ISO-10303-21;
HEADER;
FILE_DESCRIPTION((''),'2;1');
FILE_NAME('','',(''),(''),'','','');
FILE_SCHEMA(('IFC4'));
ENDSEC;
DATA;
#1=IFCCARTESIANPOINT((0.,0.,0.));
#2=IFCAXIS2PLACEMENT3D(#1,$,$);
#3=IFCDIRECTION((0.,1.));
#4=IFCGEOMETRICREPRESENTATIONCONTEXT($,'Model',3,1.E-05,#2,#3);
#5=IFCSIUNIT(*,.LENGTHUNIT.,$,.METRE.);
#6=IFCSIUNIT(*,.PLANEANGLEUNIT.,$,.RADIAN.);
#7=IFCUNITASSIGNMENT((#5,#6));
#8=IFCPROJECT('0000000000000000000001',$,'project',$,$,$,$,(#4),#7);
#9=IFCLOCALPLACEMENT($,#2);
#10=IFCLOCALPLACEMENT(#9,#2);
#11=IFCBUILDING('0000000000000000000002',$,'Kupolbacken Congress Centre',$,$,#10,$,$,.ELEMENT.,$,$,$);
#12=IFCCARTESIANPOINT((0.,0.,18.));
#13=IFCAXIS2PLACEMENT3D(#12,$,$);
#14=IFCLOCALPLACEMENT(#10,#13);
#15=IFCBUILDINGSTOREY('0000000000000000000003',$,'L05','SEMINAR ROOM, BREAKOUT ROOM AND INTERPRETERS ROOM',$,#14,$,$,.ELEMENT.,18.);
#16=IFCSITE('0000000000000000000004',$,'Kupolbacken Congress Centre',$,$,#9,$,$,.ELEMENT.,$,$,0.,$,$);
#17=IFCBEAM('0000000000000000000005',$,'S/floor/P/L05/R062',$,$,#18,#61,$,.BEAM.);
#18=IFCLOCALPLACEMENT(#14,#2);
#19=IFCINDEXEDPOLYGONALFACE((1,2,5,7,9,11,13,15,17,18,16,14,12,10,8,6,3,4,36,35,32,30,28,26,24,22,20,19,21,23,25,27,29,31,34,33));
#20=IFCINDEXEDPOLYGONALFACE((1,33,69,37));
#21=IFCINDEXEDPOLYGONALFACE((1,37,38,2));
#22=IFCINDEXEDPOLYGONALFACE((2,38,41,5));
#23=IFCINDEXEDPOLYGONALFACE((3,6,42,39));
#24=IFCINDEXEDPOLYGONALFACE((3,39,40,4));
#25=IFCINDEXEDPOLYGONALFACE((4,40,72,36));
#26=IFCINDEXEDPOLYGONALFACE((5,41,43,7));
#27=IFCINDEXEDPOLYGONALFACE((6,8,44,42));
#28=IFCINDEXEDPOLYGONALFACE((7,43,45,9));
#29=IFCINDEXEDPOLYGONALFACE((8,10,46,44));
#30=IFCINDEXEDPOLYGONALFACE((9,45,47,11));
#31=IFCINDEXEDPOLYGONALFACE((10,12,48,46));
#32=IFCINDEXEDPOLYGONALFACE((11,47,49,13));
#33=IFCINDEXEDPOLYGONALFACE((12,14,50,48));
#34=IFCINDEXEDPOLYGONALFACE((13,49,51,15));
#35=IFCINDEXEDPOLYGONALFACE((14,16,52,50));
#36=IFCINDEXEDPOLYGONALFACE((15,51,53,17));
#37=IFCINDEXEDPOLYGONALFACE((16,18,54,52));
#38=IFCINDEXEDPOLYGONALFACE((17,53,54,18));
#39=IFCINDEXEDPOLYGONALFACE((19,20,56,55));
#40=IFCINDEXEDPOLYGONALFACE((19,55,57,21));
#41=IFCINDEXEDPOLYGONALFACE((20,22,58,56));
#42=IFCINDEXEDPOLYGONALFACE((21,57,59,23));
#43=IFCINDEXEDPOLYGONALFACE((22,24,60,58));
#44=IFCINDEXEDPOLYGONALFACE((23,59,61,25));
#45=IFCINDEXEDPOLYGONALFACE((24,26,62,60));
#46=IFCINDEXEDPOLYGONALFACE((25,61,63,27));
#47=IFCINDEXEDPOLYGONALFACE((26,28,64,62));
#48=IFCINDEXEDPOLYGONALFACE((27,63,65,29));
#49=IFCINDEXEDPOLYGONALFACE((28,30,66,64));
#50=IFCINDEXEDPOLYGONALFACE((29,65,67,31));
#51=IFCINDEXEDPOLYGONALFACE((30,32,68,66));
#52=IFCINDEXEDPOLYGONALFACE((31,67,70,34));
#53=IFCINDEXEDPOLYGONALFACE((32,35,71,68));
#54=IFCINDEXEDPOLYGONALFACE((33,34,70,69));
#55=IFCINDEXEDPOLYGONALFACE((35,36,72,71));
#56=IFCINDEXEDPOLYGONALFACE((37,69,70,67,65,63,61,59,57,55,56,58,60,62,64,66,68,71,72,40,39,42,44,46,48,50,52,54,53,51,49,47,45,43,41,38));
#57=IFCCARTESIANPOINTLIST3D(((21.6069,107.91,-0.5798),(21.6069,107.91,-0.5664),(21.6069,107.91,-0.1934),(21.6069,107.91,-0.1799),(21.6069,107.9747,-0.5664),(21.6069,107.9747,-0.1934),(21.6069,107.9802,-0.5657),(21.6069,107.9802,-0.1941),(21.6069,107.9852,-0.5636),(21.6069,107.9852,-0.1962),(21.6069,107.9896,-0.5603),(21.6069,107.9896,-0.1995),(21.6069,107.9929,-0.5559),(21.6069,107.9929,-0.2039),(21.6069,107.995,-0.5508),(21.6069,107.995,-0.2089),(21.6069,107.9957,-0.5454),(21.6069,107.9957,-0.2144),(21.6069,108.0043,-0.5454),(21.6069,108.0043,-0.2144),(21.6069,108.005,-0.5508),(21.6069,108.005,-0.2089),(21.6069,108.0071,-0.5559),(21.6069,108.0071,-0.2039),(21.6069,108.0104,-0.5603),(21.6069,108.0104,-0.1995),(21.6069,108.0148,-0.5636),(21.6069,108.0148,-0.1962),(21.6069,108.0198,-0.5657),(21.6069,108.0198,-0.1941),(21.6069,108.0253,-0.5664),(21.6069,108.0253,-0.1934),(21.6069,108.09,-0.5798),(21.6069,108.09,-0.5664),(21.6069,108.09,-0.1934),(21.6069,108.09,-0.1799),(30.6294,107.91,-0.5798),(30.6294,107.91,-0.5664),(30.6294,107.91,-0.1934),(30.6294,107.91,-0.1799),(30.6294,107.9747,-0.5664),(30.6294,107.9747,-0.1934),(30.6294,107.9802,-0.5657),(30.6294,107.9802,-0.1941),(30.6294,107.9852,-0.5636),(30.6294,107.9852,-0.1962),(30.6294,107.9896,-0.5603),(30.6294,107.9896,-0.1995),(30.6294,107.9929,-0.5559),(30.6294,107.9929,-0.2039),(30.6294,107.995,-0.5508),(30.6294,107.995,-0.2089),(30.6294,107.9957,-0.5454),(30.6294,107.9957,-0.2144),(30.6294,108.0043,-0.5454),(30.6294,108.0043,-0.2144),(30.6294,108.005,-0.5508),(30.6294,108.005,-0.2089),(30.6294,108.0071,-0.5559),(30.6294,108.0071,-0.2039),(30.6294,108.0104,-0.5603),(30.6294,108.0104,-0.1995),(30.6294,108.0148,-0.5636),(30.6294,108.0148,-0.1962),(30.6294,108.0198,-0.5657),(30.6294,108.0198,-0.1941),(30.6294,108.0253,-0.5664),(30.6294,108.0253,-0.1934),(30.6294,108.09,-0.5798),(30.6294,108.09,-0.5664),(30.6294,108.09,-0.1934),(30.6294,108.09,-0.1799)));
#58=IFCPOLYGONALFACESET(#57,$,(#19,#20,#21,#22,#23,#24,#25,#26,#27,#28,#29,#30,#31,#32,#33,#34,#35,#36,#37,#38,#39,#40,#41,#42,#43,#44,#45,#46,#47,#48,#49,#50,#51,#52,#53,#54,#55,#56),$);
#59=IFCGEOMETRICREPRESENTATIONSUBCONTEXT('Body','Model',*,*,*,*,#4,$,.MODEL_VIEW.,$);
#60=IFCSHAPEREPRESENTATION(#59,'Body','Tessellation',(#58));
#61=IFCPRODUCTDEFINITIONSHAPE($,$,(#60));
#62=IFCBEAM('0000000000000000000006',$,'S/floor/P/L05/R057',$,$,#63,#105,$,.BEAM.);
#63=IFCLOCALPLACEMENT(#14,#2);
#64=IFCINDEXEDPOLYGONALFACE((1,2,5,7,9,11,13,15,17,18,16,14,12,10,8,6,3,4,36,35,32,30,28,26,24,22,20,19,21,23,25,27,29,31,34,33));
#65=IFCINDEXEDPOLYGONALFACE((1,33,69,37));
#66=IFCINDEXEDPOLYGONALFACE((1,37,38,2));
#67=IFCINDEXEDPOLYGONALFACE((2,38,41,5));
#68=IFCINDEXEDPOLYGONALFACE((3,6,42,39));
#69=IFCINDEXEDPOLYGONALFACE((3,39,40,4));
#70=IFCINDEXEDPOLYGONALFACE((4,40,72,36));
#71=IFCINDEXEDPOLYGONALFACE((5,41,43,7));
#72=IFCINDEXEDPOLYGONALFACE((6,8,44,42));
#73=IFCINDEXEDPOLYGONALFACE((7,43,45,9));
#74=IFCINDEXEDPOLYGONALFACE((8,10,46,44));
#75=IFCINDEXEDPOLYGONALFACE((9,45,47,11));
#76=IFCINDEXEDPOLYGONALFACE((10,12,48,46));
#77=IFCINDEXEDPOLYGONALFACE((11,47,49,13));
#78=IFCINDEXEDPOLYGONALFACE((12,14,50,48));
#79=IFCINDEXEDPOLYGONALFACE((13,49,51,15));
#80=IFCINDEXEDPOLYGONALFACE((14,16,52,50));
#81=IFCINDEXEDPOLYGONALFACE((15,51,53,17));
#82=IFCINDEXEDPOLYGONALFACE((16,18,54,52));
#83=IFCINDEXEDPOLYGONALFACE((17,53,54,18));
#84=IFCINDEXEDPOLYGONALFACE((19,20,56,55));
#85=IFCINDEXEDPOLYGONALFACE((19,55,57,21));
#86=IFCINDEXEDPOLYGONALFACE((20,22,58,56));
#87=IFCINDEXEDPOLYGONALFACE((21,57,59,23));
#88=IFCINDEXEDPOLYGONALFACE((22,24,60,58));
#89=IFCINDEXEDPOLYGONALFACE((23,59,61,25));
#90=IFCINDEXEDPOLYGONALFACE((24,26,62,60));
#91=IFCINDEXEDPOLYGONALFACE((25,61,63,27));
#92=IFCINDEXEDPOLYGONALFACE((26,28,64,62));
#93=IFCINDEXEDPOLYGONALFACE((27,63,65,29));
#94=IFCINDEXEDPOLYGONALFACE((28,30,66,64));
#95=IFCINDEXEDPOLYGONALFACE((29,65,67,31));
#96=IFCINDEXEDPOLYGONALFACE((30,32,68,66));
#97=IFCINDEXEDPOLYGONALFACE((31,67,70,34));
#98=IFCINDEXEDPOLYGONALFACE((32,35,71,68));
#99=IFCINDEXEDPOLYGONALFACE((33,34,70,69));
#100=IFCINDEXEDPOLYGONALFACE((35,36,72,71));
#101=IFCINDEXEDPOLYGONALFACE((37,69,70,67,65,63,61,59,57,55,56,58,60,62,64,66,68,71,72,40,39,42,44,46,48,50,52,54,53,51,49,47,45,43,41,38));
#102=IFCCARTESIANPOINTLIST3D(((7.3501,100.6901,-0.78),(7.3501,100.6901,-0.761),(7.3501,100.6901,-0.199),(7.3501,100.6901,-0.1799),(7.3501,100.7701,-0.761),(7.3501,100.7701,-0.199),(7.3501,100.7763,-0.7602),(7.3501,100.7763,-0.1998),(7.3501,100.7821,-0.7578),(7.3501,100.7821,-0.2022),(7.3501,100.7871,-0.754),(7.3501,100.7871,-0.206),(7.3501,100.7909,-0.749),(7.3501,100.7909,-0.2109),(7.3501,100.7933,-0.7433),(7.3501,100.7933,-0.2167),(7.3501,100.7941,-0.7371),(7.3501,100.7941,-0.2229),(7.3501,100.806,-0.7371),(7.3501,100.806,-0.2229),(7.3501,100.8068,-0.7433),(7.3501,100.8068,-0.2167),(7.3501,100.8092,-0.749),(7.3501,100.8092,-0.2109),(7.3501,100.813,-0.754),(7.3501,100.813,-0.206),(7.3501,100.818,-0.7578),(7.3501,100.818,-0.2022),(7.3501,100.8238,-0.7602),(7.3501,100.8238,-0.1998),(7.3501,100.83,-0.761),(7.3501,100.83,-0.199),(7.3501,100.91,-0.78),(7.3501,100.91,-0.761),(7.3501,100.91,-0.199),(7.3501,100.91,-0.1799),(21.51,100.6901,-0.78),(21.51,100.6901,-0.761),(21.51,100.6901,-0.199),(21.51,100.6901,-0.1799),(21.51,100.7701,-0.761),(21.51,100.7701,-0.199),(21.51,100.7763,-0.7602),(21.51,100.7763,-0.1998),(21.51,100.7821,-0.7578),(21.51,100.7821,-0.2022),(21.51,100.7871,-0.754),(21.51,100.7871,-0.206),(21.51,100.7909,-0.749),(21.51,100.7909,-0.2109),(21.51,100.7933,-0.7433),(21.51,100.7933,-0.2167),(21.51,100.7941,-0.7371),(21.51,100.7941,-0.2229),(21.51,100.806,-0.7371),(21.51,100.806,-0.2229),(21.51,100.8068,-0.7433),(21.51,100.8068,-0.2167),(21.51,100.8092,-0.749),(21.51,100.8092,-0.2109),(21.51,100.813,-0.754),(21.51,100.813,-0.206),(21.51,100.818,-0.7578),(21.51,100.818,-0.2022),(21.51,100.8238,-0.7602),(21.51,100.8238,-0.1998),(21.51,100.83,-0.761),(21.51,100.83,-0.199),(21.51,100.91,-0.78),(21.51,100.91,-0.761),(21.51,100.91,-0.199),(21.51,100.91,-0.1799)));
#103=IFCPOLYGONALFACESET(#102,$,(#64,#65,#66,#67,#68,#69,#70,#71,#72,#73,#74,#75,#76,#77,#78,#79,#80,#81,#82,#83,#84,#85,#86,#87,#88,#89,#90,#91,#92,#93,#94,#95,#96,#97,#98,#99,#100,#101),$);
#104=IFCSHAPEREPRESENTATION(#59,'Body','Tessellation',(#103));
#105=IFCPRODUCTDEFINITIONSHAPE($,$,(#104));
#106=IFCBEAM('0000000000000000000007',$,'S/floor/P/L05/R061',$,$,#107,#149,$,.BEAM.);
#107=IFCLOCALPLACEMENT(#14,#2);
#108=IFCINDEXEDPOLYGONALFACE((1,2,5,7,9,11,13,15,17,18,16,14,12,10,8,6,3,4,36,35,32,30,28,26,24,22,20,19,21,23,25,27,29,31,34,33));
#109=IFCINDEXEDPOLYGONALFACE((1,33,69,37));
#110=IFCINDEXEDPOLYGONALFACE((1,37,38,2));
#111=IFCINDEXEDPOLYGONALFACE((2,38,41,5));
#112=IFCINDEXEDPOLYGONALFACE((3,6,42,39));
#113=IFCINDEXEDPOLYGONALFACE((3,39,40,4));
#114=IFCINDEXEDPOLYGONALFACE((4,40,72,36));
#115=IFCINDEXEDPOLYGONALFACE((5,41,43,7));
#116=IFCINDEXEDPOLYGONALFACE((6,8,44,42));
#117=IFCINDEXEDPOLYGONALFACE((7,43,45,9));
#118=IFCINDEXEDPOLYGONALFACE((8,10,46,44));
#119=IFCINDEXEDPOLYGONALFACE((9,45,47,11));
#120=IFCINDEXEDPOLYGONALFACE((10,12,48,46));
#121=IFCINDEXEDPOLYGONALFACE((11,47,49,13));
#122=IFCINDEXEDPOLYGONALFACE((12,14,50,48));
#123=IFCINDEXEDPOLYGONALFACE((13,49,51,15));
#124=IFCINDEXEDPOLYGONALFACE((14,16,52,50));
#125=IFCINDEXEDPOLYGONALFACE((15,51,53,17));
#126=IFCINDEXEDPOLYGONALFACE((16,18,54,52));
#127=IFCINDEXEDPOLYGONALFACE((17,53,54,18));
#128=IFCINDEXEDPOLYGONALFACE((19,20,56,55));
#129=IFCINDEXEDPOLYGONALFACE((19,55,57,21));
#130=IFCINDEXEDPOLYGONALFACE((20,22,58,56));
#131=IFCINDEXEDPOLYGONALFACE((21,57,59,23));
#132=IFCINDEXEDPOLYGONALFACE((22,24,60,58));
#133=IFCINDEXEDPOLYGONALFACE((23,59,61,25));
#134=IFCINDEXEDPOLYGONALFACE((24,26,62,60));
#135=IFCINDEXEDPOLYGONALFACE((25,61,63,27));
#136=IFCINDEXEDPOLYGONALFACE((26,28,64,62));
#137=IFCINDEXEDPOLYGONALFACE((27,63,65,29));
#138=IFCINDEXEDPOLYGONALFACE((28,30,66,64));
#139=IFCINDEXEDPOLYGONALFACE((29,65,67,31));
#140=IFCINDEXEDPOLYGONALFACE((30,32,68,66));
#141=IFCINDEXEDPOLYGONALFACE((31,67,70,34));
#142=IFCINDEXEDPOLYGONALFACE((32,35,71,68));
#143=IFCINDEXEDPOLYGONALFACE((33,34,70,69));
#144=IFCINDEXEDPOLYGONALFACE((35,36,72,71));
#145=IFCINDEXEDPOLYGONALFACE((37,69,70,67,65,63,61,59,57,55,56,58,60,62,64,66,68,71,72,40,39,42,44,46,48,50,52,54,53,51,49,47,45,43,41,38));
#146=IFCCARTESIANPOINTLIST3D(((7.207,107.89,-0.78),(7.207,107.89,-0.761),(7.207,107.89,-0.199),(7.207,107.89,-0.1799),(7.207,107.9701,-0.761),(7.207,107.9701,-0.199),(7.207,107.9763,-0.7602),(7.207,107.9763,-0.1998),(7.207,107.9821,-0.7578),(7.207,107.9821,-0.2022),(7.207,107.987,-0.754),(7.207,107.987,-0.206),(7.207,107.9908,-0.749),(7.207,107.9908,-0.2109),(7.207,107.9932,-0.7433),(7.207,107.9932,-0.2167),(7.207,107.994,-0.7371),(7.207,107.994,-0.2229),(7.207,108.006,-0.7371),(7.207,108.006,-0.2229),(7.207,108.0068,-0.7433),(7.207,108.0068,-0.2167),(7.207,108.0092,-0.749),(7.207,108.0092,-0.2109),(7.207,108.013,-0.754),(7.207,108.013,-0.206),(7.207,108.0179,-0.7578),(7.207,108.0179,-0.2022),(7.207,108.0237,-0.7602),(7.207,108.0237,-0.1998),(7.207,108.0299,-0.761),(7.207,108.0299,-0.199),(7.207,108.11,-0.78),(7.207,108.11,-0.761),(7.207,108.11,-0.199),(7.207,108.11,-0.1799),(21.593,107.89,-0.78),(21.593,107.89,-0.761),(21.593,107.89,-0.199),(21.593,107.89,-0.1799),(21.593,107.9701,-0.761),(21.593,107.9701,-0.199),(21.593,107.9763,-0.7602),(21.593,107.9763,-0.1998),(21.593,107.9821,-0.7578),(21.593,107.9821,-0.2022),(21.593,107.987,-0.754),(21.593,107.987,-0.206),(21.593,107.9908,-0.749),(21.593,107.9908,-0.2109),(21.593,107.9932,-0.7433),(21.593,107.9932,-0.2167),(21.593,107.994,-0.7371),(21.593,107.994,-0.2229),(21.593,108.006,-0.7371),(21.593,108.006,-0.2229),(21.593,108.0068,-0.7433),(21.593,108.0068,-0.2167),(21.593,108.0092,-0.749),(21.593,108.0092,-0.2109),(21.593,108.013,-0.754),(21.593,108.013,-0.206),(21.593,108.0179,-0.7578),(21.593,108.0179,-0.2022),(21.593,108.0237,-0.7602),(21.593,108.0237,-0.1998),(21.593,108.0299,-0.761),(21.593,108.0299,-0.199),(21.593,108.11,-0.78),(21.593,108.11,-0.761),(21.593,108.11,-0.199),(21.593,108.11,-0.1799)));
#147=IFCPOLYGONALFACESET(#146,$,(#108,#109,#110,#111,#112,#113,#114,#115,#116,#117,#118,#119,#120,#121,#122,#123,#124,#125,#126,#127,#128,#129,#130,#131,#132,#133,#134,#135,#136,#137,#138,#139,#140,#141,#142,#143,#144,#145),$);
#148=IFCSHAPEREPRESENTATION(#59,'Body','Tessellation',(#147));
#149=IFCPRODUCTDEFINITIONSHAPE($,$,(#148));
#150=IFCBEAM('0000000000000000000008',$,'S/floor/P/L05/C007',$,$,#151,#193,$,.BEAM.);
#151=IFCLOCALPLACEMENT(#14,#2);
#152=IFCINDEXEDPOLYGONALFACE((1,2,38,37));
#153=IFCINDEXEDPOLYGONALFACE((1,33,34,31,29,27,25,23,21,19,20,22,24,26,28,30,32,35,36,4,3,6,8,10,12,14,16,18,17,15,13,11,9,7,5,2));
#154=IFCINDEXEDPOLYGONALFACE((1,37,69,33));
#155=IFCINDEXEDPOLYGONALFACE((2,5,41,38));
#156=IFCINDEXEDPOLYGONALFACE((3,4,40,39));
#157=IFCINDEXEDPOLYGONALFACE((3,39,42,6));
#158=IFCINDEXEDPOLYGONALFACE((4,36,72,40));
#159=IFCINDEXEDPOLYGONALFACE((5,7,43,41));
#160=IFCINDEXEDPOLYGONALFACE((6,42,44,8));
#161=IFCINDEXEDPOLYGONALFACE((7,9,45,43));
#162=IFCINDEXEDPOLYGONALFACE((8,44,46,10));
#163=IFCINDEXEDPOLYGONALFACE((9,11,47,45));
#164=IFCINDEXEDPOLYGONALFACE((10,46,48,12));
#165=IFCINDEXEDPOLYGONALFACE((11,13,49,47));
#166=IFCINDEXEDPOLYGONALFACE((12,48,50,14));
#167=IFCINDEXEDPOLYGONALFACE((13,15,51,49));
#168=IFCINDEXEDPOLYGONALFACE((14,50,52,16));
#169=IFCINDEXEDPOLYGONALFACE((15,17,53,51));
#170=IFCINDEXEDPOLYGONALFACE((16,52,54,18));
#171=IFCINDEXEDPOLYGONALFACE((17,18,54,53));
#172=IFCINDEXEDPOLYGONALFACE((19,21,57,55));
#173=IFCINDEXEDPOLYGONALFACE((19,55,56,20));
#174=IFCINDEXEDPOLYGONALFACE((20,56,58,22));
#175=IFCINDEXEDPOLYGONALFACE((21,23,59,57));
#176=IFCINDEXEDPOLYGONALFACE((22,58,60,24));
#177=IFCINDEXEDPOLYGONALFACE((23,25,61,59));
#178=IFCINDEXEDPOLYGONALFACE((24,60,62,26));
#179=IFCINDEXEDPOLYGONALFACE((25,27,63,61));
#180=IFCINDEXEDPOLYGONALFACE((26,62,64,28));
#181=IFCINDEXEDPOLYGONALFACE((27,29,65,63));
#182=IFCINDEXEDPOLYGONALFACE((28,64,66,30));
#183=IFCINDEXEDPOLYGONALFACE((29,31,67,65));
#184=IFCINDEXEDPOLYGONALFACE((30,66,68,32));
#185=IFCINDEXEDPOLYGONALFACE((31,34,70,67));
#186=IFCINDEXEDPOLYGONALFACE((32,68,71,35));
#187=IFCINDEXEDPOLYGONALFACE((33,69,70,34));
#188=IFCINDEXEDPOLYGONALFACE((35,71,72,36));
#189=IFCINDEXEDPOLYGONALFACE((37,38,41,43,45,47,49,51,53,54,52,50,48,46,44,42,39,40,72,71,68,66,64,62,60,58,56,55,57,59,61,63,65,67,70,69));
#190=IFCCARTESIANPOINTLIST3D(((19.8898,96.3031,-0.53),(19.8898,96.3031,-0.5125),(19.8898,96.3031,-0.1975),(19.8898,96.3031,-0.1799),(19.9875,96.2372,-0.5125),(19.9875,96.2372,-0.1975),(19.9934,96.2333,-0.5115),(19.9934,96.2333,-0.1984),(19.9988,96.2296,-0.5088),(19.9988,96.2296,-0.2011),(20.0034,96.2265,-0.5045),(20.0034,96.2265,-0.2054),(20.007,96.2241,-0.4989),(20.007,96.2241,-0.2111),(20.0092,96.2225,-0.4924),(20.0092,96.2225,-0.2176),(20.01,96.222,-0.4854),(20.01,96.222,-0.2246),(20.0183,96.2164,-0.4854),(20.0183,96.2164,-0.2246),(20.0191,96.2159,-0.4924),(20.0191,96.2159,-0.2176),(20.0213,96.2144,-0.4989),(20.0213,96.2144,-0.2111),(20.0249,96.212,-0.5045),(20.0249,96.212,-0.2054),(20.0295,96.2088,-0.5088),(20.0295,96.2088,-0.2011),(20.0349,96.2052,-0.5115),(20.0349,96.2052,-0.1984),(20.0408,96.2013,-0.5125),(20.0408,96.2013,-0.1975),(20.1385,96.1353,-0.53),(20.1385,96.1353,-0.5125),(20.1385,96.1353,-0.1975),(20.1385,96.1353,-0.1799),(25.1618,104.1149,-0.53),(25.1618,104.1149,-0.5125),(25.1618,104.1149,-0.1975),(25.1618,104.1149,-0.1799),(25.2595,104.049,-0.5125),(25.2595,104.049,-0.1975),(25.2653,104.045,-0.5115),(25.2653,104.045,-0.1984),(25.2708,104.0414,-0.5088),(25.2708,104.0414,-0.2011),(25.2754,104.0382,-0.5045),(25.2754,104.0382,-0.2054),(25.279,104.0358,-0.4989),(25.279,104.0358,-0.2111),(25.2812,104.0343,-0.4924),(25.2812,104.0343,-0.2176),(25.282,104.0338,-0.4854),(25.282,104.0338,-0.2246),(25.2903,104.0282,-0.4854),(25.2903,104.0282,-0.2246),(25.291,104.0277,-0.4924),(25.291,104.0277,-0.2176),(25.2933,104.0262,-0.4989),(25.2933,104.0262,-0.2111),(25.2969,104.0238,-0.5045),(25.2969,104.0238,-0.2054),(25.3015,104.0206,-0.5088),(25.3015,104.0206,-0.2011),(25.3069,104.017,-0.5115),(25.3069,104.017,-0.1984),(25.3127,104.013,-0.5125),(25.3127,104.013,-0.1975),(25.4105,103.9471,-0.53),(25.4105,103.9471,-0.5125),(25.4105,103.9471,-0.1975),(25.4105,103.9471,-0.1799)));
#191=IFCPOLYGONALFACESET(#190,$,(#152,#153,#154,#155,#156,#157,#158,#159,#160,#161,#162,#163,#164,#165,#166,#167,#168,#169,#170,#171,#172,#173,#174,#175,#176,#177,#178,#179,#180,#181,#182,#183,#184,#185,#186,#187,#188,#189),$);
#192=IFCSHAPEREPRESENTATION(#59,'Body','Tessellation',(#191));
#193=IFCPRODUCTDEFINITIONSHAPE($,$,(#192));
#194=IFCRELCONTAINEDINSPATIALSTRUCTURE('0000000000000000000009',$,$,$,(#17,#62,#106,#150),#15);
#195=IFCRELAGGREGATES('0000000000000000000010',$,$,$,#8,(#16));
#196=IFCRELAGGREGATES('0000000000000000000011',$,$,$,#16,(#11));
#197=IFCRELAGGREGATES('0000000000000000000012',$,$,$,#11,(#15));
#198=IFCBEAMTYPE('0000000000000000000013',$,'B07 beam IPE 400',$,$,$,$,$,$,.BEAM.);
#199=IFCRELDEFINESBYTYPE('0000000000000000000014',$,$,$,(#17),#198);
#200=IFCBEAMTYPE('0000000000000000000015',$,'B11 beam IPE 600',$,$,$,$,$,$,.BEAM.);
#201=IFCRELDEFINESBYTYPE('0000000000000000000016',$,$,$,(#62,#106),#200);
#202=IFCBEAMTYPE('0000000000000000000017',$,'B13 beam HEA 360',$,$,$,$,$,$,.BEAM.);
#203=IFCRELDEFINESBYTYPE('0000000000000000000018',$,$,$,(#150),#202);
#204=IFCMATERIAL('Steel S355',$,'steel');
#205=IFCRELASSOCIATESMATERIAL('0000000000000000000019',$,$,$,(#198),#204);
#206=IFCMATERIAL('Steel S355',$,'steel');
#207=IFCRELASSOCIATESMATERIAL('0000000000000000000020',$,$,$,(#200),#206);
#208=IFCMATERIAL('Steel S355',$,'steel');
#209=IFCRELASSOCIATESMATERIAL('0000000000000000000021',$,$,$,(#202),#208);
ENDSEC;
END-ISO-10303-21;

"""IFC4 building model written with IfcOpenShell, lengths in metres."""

from ifc_helpers import new_model, si_unit, direction, frame, origin, origin_2d, place, context, subcontext, project, spatial, i_section, extrude, material, material_profile, profile_set, type_object, element, save


model = new_model("IFC4")

# Units and contexts
model_context = context("Model", 3, precision=1e-05, world=origin(), true_north=direction((0.0, 1.0)))
body_context = subcontext(model_context, "Body", "Model", "MODEL_VIEW")
ifc_project = project(units=[si_unit("LENGTHUNIT", "METRE"), si_unit("PLANEANGLEUNIT", "RADIAN")], contexts=[model_context])

# Site, building, storey
site_placement = place(None, origin())
site = spatial("IfcSite", under=ifc_project, at=site_placement, Name="Kupolbacken Congress Centre", CompositionType="ELEMENT", RefElevation=0.0)
building_placement = place(site_placement, origin())
building = spatial("IfcBuilding", under=site, at=building_placement, Name="Kupolbacken Congress Centre", CompositionType="ELEMENT")
storey_placement = place(building_placement, frame((0.0, 0.0, 18.0)))
storey = spatial("IfcBuildingStorey", under=building, at=storey_placement, Name="L05", Description="SEMINAR ROOM, BREAKOUT ROOM AND INTERPRETERS ROOM", CompositionType="ELEMENT", Elevation=18.0)

# Beams
ifc_material_1 = material(Name="Steel S355", Category="steel")
ifc_material_profile_1 = material_profile(ifc_material_1, i_section(OverallWidth=0.1799, OverallDepth=0.3999, WebThickness=0.0085, FlangeThickness=0.0134, FilletRadius=0.021, at=origin_2d()), Name="IPE 400")
ifc_profile_set_1 = profile_set([ifc_material_profile_1], Name="Steel S355")
beam_type_1 = type_object("IfcBeamType", Name="B07 beam IPE 400", PredefinedType="BEAM", material=ifc_profile_set_1)
beam_1_placement = place(storey_placement, frame((21.6069, 108.0, -0.3799), z_axis=(1.0, 0.0, 0.0), x_axis=(0.0, 1.0, 0.0)))
element("IfcBeam", 1, at=beam_1_placement, inside=storey, type_object=beam_type_1, Name="S/floor/P/L05/R062", PredefinedType="BEAM", context=body_context, shape_type="SweptSolid", body=[
    extrude(i_section(OverallWidth=0.1799, OverallDepth=0.3999, WebThickness=0.0085, FlangeThickness=0.0134, FilletRadius=0.021, at=origin_2d()), origin(), (0.0, 0.0, 1.0), 9.0225),
])
ifc_material_2 = material(Name="Steel S355", Category="steel")
ifc_material_profile_2 = material_profile(ifc_material_2, i_section(OverallWidth=0.22, OverallDepth=0.6001, WebThickness=0.012, FlangeThickness=0.019, FilletRadius=0.0239, at=origin_2d()), Name="IPE 600")
ifc_profile_set_2 = profile_set([ifc_material_profile_2], Name="Steel S355")
beam_type_2 = type_object("IfcBeamType", Name="B11 beam IPE 600", PredefinedType="BEAM", material=ifc_profile_set_2)
beam_2_placement = place(storey_placement, frame((7.3501, 100.8, -0.48), z_axis=(1.0, 0.0, 0.0), x_axis=(0.0, 1.0, 0.0)))
element("IfcBeam", 2, at=beam_2_placement, inside=storey, type_object=beam_type_2, Name="S/floor/P/L05/R057", PredefinedType="BEAM", context=body_context, shape_type="SweptSolid", body=[
    extrude(i_section(OverallWidth=0.22, OverallDepth=0.6001, WebThickness=0.012, FlangeThickness=0.019, FilletRadius=0.0239, at=origin_2d()), origin(), (0.0, 0.0, 1.0), 14.1599),
])
beam_3_placement = place(storey_placement, frame((7.207, 108.0, -0.48), z_axis=(1.0, 0.0, 0.0), x_axis=(0.0, 1.0, 0.0)))
element("IfcBeam", 3, at=beam_3_placement, inside=storey, type_object=beam_type_2, Name="S/floor/P/L05/R061", PredefinedType="BEAM", context=body_context, shape_type="SweptSolid", body=[
    extrude(i_section(OverallWidth=0.22, OverallDepth=0.6001, WebThickness=0.012, FlangeThickness=0.019, FilletRadius=0.0239, at=origin_2d()), origin(), (0.0, 0.0, 1.0), 14.386),
])
ifc_material_3 = material(Name="Steel S355", Category="steel")
ifc_material_profile_3 = material_profile(ifc_material_3, i_section(OverallWidth=0.3, OverallDepth=0.3501, WebThickness=0.01, FlangeThickness=0.0176, FilletRadius=0.0271, at=origin_2d()), Name="HEA 360")
ifc_profile_set_3 = profile_set([ifc_material_profile_3], Name="Steel S355")
beam_type_3 = type_object("IfcBeamType", Name="B13 beam HEA 360", PredefinedType="BEAM", material=ifc_profile_set_3)
beam_4_placement = place(storey_placement, frame((25.2861, 104.031, -0.355), z_axis=(-0.559402, -0.828896, 0.0), x_axis=(0.828896, -0.559402, 0.0)))
element("IfcBeam", 4, at=beam_4_placement, inside=storey, type_object=beam_type_3, Name="S/floor/P/L05/C007", PredefinedType="BEAM", context=body_context, shape_type="SweptSolid", body=[
    extrude(i_section(OverallWidth=0.3, OverallDepth=0.3501, WebThickness=0.01, FlangeThickness=0.0176, FilletRadius=0.0271, at=origin_2d()), origin(), (0.0, 0.0, 1.0), 9.4243),
])

save(model, "model.ifc")
